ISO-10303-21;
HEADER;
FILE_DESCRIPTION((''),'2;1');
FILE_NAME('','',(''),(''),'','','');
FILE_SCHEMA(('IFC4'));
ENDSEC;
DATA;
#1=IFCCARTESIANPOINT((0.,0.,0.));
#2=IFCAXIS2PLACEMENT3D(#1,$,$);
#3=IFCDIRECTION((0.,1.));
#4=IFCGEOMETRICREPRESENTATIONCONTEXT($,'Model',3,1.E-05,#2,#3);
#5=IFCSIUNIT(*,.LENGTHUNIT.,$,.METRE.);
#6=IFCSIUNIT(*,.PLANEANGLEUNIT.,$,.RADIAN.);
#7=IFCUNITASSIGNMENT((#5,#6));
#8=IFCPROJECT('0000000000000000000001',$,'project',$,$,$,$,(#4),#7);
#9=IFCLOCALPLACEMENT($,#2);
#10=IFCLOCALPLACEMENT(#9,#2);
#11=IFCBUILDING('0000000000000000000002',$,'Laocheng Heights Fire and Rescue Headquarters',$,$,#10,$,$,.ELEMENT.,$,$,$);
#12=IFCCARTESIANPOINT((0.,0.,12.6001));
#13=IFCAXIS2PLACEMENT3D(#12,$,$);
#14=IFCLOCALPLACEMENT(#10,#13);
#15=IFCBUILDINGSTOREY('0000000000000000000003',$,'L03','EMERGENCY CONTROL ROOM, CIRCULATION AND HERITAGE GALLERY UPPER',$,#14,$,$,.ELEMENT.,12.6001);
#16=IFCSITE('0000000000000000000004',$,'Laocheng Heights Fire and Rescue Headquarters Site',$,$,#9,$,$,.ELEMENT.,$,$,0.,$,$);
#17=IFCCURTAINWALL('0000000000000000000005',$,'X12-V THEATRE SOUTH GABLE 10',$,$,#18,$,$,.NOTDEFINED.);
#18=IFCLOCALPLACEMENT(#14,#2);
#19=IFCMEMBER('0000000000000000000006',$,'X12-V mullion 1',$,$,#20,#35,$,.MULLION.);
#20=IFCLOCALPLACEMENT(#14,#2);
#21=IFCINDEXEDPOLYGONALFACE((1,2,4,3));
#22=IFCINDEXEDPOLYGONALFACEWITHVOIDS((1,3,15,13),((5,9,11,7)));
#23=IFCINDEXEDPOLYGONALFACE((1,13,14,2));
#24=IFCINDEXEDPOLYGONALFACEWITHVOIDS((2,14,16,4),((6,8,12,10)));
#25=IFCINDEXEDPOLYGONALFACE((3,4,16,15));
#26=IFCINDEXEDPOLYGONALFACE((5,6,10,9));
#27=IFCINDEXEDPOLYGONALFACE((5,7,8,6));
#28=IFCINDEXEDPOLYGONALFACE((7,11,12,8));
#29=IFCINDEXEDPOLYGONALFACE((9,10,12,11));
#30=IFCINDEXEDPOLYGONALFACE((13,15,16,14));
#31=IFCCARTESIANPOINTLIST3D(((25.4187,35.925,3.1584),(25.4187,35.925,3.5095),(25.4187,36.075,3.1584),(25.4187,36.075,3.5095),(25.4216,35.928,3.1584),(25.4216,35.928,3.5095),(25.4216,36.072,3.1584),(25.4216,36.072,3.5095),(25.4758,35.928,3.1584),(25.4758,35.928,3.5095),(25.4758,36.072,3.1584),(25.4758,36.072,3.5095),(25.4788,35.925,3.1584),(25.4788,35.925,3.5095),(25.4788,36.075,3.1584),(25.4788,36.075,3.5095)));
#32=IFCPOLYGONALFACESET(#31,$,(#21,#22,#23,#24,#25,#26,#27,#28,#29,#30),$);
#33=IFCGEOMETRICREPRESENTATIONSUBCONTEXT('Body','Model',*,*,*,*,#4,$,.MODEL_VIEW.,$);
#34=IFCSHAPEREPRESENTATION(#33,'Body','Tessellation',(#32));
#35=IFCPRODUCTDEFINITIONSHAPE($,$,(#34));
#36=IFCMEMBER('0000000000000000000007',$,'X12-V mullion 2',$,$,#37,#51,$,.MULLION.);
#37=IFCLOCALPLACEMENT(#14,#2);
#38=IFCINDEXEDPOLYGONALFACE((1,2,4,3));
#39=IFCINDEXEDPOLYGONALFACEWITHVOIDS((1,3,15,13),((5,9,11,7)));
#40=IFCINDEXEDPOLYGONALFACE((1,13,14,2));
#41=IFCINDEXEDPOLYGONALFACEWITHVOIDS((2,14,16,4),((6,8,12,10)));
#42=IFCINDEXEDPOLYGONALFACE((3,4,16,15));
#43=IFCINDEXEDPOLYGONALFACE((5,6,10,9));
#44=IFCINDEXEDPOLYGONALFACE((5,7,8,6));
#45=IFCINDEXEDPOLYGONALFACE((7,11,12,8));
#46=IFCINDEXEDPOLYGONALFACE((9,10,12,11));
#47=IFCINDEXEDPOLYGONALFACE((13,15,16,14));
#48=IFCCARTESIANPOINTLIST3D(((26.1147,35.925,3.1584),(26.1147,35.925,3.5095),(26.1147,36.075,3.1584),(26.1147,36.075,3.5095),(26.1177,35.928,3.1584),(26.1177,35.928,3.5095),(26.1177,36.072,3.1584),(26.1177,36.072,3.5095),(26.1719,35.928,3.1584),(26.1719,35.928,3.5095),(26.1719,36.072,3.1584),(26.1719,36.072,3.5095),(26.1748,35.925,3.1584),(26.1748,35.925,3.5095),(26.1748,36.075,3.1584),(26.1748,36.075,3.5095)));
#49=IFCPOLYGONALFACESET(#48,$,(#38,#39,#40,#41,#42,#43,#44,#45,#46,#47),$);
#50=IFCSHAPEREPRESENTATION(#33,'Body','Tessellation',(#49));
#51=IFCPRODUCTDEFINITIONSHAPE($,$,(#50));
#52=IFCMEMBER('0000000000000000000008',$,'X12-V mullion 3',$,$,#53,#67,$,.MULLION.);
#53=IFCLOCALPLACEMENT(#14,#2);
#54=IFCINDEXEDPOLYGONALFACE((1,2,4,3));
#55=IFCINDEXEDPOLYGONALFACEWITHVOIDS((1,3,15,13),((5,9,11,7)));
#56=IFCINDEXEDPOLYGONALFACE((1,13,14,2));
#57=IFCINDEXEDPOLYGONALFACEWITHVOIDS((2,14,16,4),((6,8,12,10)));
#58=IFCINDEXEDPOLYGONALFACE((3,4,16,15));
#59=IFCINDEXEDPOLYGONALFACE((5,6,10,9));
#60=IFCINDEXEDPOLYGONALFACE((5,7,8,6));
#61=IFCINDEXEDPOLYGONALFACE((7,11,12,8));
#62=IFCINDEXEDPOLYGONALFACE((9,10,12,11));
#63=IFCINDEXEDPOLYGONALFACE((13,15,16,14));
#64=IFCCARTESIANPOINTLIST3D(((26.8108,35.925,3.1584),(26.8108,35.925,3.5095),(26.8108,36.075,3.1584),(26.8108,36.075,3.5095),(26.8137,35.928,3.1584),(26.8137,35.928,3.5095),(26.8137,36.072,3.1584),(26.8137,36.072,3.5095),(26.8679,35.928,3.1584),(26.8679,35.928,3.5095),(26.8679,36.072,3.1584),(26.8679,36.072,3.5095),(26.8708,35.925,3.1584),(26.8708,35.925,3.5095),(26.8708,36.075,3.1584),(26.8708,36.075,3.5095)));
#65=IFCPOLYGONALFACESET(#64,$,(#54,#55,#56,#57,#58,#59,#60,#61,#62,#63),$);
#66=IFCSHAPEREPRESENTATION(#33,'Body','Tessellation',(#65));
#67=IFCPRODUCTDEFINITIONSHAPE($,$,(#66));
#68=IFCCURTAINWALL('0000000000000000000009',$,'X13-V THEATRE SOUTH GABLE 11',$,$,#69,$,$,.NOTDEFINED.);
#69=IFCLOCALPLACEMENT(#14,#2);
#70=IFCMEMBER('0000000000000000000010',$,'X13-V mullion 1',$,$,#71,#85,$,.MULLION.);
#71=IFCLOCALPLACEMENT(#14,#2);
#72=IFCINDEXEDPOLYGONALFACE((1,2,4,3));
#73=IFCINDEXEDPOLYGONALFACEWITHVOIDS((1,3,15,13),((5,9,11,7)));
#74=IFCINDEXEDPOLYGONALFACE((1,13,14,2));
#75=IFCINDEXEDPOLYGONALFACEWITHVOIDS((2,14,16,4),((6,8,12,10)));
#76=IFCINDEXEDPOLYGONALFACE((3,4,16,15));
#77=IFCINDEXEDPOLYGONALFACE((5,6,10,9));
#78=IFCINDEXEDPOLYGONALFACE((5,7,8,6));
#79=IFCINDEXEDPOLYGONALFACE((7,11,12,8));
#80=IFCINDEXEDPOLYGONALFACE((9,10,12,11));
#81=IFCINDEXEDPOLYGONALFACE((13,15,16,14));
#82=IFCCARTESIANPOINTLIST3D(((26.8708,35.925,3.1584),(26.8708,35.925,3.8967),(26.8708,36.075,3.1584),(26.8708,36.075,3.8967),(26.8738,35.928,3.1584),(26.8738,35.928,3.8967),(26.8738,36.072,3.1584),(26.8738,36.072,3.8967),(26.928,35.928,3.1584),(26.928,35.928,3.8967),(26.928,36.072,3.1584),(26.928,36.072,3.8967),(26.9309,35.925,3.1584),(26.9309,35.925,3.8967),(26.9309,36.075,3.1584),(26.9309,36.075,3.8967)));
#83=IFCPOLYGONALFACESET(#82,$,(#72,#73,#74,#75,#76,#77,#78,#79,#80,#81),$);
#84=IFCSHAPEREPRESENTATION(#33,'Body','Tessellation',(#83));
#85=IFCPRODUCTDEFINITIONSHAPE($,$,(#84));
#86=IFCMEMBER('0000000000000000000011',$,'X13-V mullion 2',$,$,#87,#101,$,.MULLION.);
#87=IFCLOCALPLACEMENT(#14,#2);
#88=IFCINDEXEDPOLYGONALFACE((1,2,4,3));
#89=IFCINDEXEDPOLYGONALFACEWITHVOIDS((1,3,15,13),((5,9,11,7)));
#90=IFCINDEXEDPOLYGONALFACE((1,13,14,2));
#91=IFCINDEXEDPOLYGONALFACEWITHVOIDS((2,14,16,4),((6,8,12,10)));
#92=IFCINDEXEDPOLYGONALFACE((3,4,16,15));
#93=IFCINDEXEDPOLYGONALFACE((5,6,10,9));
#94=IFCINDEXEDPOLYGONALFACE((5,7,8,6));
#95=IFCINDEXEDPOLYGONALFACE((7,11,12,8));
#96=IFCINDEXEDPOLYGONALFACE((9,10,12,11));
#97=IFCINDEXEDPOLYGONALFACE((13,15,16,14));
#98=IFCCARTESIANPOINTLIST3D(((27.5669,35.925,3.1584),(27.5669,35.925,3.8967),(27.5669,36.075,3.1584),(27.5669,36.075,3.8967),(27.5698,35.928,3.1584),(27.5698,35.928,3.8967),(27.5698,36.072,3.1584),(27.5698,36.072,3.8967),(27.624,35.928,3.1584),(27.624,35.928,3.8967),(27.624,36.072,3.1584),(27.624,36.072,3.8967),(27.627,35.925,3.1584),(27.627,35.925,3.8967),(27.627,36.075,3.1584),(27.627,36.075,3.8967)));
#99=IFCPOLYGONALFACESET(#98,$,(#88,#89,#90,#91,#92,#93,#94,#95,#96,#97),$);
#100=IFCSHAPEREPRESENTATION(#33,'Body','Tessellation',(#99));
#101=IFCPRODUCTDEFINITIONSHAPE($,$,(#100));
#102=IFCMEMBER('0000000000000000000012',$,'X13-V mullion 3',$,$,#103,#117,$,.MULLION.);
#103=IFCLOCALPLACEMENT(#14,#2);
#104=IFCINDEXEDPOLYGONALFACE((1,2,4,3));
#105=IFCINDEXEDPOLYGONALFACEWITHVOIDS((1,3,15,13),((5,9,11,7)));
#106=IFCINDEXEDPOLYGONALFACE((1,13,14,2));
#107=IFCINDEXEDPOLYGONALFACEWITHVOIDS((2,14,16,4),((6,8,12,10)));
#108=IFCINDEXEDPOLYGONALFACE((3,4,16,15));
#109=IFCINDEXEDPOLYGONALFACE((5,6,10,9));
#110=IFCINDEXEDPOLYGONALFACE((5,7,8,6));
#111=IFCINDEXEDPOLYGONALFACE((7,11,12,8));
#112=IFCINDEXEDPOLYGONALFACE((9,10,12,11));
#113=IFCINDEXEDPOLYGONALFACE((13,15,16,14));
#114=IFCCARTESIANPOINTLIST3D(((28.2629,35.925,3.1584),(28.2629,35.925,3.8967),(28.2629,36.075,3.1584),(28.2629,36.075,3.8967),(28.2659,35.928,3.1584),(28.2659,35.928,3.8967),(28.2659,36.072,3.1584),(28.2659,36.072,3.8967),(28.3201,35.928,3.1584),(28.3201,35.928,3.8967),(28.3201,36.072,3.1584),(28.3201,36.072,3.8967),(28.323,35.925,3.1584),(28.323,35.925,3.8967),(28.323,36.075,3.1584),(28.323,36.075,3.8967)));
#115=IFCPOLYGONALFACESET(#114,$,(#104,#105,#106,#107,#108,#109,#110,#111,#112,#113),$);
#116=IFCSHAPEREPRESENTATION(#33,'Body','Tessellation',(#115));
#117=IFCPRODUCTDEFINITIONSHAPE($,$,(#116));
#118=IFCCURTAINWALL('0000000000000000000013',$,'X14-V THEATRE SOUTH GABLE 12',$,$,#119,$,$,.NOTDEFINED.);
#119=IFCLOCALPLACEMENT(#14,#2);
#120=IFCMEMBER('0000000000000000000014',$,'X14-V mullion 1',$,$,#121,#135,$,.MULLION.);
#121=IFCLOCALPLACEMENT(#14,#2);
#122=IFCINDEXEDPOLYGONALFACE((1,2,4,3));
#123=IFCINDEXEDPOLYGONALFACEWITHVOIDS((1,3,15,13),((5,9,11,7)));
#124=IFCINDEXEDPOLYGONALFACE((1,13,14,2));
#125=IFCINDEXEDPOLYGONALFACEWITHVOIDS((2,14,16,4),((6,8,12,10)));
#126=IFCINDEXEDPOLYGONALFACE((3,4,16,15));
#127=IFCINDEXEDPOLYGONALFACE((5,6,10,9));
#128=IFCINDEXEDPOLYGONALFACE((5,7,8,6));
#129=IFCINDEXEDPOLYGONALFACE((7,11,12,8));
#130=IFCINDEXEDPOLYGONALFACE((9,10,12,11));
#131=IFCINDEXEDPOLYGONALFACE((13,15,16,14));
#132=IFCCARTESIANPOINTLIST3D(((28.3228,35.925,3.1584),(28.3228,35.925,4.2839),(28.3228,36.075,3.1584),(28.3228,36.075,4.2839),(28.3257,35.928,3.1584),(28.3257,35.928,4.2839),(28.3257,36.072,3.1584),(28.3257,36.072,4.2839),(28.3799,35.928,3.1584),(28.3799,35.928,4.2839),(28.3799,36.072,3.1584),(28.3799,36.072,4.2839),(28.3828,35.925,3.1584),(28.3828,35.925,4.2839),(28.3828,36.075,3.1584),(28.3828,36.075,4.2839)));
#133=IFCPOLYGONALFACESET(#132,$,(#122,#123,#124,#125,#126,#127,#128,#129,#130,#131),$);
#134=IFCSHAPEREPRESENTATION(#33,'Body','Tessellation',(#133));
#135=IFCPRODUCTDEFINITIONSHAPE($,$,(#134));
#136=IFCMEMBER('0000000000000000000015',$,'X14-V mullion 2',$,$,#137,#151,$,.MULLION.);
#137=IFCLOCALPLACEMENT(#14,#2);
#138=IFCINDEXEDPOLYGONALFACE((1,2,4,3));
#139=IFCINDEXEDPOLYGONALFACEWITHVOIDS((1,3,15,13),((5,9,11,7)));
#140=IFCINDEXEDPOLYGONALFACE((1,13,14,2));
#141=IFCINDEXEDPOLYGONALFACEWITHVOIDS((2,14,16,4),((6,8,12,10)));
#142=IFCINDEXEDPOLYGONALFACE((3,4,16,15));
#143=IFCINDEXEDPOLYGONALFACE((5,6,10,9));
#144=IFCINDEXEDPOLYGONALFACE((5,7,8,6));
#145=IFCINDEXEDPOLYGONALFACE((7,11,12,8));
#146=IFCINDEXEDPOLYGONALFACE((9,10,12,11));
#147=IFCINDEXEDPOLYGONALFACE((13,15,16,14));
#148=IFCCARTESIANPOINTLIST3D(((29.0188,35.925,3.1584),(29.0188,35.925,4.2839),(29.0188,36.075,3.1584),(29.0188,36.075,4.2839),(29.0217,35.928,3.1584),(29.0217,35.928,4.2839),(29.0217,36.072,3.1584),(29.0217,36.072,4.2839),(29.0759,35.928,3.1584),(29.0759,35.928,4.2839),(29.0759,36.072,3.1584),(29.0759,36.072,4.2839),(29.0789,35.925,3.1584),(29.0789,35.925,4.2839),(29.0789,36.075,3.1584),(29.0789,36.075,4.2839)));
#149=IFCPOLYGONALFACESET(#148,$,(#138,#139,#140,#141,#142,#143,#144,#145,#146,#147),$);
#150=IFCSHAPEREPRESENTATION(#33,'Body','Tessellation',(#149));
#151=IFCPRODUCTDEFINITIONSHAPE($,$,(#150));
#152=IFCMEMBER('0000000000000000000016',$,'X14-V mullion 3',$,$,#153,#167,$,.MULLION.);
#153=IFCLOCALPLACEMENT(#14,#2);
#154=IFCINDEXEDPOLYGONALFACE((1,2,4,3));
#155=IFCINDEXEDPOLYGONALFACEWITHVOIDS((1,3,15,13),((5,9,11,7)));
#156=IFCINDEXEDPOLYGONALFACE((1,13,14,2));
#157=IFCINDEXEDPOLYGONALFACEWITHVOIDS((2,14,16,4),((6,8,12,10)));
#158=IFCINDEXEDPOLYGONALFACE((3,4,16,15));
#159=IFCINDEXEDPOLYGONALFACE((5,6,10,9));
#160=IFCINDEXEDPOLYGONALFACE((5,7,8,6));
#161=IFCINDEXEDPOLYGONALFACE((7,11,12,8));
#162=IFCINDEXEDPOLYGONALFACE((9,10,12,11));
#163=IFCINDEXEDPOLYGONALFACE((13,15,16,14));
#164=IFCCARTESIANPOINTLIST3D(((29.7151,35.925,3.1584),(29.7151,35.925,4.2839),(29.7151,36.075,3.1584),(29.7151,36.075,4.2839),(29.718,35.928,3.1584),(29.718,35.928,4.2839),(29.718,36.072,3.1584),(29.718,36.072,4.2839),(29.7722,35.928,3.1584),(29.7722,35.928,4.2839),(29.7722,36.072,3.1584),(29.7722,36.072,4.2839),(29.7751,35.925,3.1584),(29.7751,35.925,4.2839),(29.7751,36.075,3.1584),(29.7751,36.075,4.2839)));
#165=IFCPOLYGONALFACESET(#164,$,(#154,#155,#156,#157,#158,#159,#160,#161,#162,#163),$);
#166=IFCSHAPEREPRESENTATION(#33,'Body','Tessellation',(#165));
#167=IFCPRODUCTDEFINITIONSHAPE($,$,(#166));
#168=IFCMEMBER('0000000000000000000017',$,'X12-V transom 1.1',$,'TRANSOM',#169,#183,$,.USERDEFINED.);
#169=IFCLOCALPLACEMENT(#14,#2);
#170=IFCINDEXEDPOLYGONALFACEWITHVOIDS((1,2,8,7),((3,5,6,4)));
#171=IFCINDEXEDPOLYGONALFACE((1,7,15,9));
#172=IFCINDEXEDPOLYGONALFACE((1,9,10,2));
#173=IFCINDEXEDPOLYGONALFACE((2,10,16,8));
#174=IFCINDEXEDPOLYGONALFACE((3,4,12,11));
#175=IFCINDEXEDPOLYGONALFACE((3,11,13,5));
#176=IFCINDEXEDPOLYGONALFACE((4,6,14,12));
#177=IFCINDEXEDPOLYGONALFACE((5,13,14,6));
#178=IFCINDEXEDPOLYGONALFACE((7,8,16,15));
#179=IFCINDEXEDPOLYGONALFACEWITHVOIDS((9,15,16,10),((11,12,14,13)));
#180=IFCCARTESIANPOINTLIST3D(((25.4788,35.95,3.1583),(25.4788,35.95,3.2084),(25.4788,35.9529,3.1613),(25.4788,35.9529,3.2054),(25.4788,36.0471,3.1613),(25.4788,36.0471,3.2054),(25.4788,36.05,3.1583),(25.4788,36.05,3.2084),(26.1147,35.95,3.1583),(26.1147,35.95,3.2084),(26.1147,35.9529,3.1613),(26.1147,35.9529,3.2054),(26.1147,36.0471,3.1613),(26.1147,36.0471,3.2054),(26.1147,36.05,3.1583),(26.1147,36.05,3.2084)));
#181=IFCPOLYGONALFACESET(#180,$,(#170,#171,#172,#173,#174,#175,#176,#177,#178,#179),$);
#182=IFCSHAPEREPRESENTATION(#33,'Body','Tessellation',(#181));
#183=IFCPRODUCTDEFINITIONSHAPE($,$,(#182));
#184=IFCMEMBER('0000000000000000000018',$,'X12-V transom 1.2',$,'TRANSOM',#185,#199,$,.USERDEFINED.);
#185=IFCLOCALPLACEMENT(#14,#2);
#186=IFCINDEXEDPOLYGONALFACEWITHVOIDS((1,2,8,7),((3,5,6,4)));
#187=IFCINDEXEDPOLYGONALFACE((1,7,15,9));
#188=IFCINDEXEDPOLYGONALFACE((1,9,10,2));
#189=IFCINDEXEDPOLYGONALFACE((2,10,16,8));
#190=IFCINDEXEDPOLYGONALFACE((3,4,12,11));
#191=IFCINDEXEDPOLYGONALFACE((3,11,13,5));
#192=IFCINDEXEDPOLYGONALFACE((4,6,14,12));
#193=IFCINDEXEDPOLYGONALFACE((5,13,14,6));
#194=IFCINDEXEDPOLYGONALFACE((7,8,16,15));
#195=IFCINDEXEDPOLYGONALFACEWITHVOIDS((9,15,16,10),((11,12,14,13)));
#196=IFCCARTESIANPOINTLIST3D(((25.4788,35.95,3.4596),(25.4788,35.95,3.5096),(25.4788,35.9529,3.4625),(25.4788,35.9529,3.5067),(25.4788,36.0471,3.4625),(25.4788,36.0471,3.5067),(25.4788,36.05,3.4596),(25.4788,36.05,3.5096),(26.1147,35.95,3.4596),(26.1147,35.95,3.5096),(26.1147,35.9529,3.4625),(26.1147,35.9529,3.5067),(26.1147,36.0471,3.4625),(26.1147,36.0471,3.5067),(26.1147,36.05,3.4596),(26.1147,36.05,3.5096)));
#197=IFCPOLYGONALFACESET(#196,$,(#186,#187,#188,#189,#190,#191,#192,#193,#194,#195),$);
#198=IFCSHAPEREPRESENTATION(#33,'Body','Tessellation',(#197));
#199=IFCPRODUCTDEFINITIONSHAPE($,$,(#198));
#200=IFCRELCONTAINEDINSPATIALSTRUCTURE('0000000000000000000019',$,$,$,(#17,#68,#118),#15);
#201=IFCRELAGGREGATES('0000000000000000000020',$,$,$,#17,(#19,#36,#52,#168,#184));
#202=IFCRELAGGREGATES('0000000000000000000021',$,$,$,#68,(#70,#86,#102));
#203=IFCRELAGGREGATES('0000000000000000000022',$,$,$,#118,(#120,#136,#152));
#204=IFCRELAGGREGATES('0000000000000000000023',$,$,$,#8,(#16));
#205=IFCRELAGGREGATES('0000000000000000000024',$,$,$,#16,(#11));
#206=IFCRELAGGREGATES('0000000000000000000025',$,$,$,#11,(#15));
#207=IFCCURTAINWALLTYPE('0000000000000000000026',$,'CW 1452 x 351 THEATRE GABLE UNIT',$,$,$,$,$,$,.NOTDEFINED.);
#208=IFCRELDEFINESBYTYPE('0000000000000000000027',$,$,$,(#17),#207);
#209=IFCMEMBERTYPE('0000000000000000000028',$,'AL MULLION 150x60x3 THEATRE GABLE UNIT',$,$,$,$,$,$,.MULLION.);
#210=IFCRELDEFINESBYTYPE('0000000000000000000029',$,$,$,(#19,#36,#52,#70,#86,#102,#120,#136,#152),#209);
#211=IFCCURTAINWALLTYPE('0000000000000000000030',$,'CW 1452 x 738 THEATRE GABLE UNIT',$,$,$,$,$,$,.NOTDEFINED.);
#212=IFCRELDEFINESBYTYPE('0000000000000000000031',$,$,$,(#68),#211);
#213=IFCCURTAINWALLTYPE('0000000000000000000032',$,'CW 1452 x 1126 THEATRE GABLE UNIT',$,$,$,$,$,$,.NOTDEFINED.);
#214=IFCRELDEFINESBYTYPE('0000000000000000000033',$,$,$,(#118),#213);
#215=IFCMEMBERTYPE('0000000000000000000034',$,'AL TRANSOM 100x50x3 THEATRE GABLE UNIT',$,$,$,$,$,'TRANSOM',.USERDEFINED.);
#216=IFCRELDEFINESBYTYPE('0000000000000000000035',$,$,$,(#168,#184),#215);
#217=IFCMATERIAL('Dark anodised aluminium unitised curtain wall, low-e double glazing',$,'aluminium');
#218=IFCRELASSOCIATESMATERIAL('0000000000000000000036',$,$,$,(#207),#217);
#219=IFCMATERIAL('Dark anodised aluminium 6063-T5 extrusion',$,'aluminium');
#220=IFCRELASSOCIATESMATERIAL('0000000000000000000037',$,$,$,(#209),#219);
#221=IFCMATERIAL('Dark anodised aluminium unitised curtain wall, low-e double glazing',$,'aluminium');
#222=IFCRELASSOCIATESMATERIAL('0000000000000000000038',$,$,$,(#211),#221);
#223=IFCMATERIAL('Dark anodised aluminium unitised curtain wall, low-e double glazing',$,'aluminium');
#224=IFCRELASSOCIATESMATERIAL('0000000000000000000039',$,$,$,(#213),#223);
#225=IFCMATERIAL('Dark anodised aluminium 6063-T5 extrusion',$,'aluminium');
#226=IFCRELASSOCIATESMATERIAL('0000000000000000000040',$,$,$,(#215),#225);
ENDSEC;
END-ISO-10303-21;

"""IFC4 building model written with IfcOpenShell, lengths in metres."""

from ifc_helpers import new_model, si_unit, direction, frame, origin, origin_2d, place, context, subcontext, project, spatial, hollow_rectangle, extrude, material, material_profile, profile_set, type_object, element, aggregate, save


model = new_model("IFC4")

# Units and contexts
model_context = context("Model", 3, precision=1e-05, world=origin(), true_north=direction((0.0, 1.0)))
body_context = subcontext(model_context, "Body", "Model", "MODEL_VIEW")
ifc_project = project(units=[si_unit("LENGTHUNIT", "METRE"), si_unit("PLANEANGLEUNIT", "RADIAN")], contexts=[model_context])

# Site, building, storey
site_placement = place(None, origin())
site = spatial("IfcSite", under=ifc_project, at=site_placement, Name="Laocheng Heights Fire and Rescue Headquarters Site", CompositionType="ELEMENT", RefElevation=0.0)
building_placement = place(site_placement, origin())
building = spatial("IfcBuilding", under=site, at=building_placement, Name="Laocheng Heights Fire and Rescue Headquarters", CompositionType="ELEMENT")
storey_placement = place(building_placement, frame((0.0, 0.0, 12.6001)))
storey = spatial("IfcBuildingStorey", under=building, at=storey_placement, Name="L03", Description="EMERGENCY CONTROL ROOM, CIRCULATION AND HERITAGE GALLERY UPPER", CompositionType="ELEMENT", Elevation=12.6001)

# Curtain walls, members
ifc_material_1 = material(Name="Dark anodised aluminium unitised curtain wall, low-e double glazing", Category="aluminium")
curtain_wall_type_1 = type_object("IfcCurtainWallType", Name="CW 1452 x 351 THEATRE GABLE UNIT", PredefinedType="NOTDEFINED", material=ifc_material_1)
curtain_wall_1_placement = place(storey_placement, origin())
curtain_wall_1 = element("IfcCurtainWall", 1, at=curtain_wall_1_placement, inside=storey, type_object=curtain_wall_type_1, Name="X12-V THEATRE SOUTH GABLE 10", PredefinedType="NOTDEFINED")
ifc_material_2 = material(Name="Dark anodised aluminium 6063-T5 extrusion", Category="aluminium")
ifc_material_profile_1 = material_profile(ifc_material_2, hollow_rectangle(XDim=0.1499, YDim=0.0601, WallThickness=0.0029, at=origin_2d()), Name="AL MULLION 150x60x3 THEATRE GABLE UNIT")
ifc_profile_set_1 = profile_set([ifc_material_profile_1], Name="Dark anodised aluminium 6063-T5 extrusion")
member_type_1 = type_object("IfcMemberType", Name="AL MULLION 150x60x3 THEATRE GABLE UNIT", PredefinedType="MULLION", material=ifc_profile_set_1)
member_1_placement = place(storey_placement, frame((25.4487, 36.0, 3.1584), z_axis=(0.0, 0.0, 1.0), x_axis=(0.0, 1.0, 0.0)))
member_1 = element("IfcMember", 2, at=member_1_placement, type_object=member_type_1, Name="X12-V mullion 1", PredefinedType="MULLION", context=body_context, shape_type="SweptSolid", body=[
    extrude(hollow_rectangle(XDim=0.1499, YDim=0.0601, WallThickness=0.0029, at=origin_2d()), origin(), (0.0, 0.0, 1.0), 0.3511),
])
member_2_placement = place(storey_placement, frame((26.1448, 36.0, 3.1584), z_axis=(0.0, 0.0, 1.0), x_axis=(0.0, 1.0, 0.0)))
member_2 = element("IfcMember", 3, at=member_2_placement, type_object=member_type_1, Name="X12-V mullion 2", PredefinedType="MULLION", context=body_context, shape_type="SweptSolid", body=[
    extrude(hollow_rectangle(XDim=0.1499, YDim=0.0601, WallThickness=0.0029, at=origin_2d()), origin(), (0.0, 0.0, 1.0), 0.3511),
])
member_3_placement = place(storey_placement, frame((26.8408, 36.0, 3.1584), z_axis=(0.0, 0.0, 1.0), x_axis=(0.0, 1.0, 0.0)))
member_3 = element("IfcMember", 4, at=member_3_placement, type_object=member_type_1, Name="X12-V mullion 3", PredefinedType="MULLION", context=body_context, shape_type="SweptSolid", body=[
    extrude(hollow_rectangle(XDim=0.1499, YDim=0.0601, WallThickness=0.0029, at=origin_2d()), origin(), (0.0, 0.0, 1.0), 0.3511),
])
ifc_material_3 = material(Name="Dark anodised aluminium unitised curtain wall, low-e double glazing", Category="aluminium")
curtain_wall_type_2 = type_object("IfcCurtainWallType", Name="CW 1452 x 738 THEATRE GABLE UNIT", PredefinedType="NOTDEFINED", material=ifc_material_3)
curtain_wall_2_placement = place(storey_placement, origin())
curtain_wall_2 = element("IfcCurtainWall", 5, at=curtain_wall_2_placement, inside=storey, type_object=curtain_wall_type_2, Name="X13-V THEATRE SOUTH GABLE 11", PredefinedType="NOTDEFINED")
member_4_placement = place(storey_placement, frame((26.9009, 36.0, 3.1584), z_axis=(0.0, 0.0, 1.0), x_axis=(0.0, 1.0, 0.0)))
member_4 = element("IfcMember", 6, at=member_4_placement, type_object=member_type_1, Name="X13-V mullion 1", PredefinedType="MULLION", context=body_context, shape_type="SweptSolid", body=[
    extrude(hollow_rectangle(XDim=0.1499, YDim=0.0601, WallThickness=0.0029, at=origin_2d()), origin(), (0.0, 0.0, 1.0), 0.7383),
])
member_5_placement = place(storey_placement, frame((27.5969, 36.0, 3.1584), z_axis=(0.0, 0.0, 1.0), x_axis=(0.0, 1.0, 0.0)))
member_5 = element("IfcMember", 7, at=member_5_placement, type_object=member_type_1, Name="X13-V mullion 2", PredefinedType="MULLION", context=body_context, shape_type="SweptSolid", body=[
    extrude(hollow_rectangle(XDim=0.1499, YDim=0.0601, WallThickness=0.0029, at=origin_2d()), origin(), (0.0, 0.0, 1.0), 0.7383),
])
member_6_placement = place(storey_placement, frame((28.293, 36.0, 3.1584), z_axis=(0.0, 0.0, 1.0), x_axis=(0.0, 1.0, 0.0)))
member_6 = element("IfcMember", 8, at=member_6_placement, type_object=member_type_1, Name="X13-V mullion 3", PredefinedType="MULLION", context=body_context, shape_type="SweptSolid", body=[
    extrude(hollow_rectangle(XDim=0.1499, YDim=0.0601, WallThickness=0.0029, at=origin_2d()), origin(), (0.0, 0.0, 1.0), 0.7383),
])
ifc_material_4 = material(Name="Dark anodised aluminium unitised curtain wall, low-e double glazing", Category="aluminium")
curtain_wall_type_3 = type_object("IfcCurtainWallType", Name="CW 1452 x 1126 THEATRE GABLE UNIT", PredefinedType="NOTDEFINED", material=ifc_material_4)
curtain_wall_3_placement = place(storey_placement, origin())
curtain_wall_3 = element("IfcCurtainWall", 9, at=curtain_wall_3_placement, inside=storey, type_object=curtain_wall_type_3, Name="X14-V THEATRE SOUTH GABLE 12", PredefinedType="NOTDEFINED")
member_7_placement = place(storey_placement, frame((28.3528, 36.0, 3.1584), z_axis=(0.0, 0.0, 1.0), x_axis=(0.0, 1.0, 0.0)))
member_7 = element("IfcMember", 10, at=member_7_placement, type_object=member_type_1, Name="X14-V mullion 1", PredefinedType="MULLION", context=body_context, shape_type="SweptSolid", body=[
    extrude(hollow_rectangle(XDim=0.1499, YDim=0.0601, WallThickness=0.0029, at=origin_2d()), origin(), (0.0, 0.0, 1.0), 1.1255),
])
member_8_placement = place(storey_placement, frame((29.0488, 36.0, 3.1584), z_axis=(0.0, 0.0, 1.0), x_axis=(0.0, 1.0, 0.0)))
member_8 = element("IfcMember", 11, at=member_8_placement, type_object=member_type_1, Name="X14-V mullion 2", PredefinedType="MULLION", context=body_context, shape_type="SweptSolid", body=[
    extrude(hollow_rectangle(XDim=0.1499, YDim=0.0601, WallThickness=0.0029, at=origin_2d()), origin(), (0.0, 0.0, 1.0), 1.1255),
])
member_9_placement = place(storey_placement, frame((29.7451, 36.0, 3.1584), z_axis=(0.0, 0.0, 1.0), x_axis=(0.0, 1.0, 0.0)))
member_9 = element("IfcMember", 12, at=member_9_placement, type_object=member_type_1, Name="X14-V mullion 3", PredefinedType="MULLION", context=body_context, shape_type="SweptSolid", body=[
    extrude(hollow_rectangle(XDim=0.1499, YDim=0.0601, WallThickness=0.0029, at=origin_2d()), origin(), (0.0, 0.0, 1.0), 1.1255),
])

# Members
ifc_material_5 = material(Name="Dark anodised aluminium 6063-T5 extrusion", Category="aluminium")
ifc_material_profile_2 = material_profile(ifc_material_5, hollow_rectangle(XDim=0.1001, YDim=0.05, WallThickness=0.0029, at=origin_2d()), Name="AL TRANSOM 100x50x3 THEATRE GABLE UNIT")
ifc_profile_set_2 = profile_set([ifc_material_profile_2], Name="Dark anodised aluminium 6063-T5 extrusion")
member_type_2 = type_object("IfcMemberType", Name="AL TRANSOM 100x50x3 THEATRE GABLE UNIT", ElementType="TRANSOM", PredefinedType="USERDEFINED", material=ifc_profile_set_2)
member_10_placement = place(storey_placement, frame((25.4788, 36.0, 3.1833), z_axis=(1.0, 0.0, 0.0), x_axis=(0.0, 1.0, 0.0)))
member_10 = element("IfcMember", 13, at=member_10_placement, type_object=member_type_2, Name="X12-V transom 1.1", ObjectType="TRANSOM", PredefinedType="USERDEFINED", context=body_context, shape_type="SweptSolid", body=[
    extrude(hollow_rectangle(XDim=0.1001, YDim=0.05, WallThickness=0.0029, at=origin_2d()), origin(), (0.0, 0.0, 1.0), 0.636),
])
member_11_placement = place(storey_placement, frame((25.4788, 36.0, 3.4846), z_axis=(1.0, 0.0, 0.0), x_axis=(0.0, 1.0, 0.0)))
member_11 = element("IfcMember", 14, at=member_11_placement, type_object=member_type_2, Name="X12-V transom 1.2", ObjectType="TRANSOM", PredefinedType="USERDEFINED", context=body_context, shape_type="SweptSolid", body=[
    extrude(hollow_rectangle(XDim=0.1001, YDim=0.05, WallThickness=0.0029, at=origin_2d()), origin(), (0.0, 0.0, 1.0), 0.636),
])

aggregate(curtain_wall_1, [member_1, member_2, member_3, member_10, member_11])
aggregate(curtain_wall_2, [member_4, member_5, member_6])
aggregate(curtain_wall_3, [member_7, member_8, member_9])

save(model, "model.ifc")
